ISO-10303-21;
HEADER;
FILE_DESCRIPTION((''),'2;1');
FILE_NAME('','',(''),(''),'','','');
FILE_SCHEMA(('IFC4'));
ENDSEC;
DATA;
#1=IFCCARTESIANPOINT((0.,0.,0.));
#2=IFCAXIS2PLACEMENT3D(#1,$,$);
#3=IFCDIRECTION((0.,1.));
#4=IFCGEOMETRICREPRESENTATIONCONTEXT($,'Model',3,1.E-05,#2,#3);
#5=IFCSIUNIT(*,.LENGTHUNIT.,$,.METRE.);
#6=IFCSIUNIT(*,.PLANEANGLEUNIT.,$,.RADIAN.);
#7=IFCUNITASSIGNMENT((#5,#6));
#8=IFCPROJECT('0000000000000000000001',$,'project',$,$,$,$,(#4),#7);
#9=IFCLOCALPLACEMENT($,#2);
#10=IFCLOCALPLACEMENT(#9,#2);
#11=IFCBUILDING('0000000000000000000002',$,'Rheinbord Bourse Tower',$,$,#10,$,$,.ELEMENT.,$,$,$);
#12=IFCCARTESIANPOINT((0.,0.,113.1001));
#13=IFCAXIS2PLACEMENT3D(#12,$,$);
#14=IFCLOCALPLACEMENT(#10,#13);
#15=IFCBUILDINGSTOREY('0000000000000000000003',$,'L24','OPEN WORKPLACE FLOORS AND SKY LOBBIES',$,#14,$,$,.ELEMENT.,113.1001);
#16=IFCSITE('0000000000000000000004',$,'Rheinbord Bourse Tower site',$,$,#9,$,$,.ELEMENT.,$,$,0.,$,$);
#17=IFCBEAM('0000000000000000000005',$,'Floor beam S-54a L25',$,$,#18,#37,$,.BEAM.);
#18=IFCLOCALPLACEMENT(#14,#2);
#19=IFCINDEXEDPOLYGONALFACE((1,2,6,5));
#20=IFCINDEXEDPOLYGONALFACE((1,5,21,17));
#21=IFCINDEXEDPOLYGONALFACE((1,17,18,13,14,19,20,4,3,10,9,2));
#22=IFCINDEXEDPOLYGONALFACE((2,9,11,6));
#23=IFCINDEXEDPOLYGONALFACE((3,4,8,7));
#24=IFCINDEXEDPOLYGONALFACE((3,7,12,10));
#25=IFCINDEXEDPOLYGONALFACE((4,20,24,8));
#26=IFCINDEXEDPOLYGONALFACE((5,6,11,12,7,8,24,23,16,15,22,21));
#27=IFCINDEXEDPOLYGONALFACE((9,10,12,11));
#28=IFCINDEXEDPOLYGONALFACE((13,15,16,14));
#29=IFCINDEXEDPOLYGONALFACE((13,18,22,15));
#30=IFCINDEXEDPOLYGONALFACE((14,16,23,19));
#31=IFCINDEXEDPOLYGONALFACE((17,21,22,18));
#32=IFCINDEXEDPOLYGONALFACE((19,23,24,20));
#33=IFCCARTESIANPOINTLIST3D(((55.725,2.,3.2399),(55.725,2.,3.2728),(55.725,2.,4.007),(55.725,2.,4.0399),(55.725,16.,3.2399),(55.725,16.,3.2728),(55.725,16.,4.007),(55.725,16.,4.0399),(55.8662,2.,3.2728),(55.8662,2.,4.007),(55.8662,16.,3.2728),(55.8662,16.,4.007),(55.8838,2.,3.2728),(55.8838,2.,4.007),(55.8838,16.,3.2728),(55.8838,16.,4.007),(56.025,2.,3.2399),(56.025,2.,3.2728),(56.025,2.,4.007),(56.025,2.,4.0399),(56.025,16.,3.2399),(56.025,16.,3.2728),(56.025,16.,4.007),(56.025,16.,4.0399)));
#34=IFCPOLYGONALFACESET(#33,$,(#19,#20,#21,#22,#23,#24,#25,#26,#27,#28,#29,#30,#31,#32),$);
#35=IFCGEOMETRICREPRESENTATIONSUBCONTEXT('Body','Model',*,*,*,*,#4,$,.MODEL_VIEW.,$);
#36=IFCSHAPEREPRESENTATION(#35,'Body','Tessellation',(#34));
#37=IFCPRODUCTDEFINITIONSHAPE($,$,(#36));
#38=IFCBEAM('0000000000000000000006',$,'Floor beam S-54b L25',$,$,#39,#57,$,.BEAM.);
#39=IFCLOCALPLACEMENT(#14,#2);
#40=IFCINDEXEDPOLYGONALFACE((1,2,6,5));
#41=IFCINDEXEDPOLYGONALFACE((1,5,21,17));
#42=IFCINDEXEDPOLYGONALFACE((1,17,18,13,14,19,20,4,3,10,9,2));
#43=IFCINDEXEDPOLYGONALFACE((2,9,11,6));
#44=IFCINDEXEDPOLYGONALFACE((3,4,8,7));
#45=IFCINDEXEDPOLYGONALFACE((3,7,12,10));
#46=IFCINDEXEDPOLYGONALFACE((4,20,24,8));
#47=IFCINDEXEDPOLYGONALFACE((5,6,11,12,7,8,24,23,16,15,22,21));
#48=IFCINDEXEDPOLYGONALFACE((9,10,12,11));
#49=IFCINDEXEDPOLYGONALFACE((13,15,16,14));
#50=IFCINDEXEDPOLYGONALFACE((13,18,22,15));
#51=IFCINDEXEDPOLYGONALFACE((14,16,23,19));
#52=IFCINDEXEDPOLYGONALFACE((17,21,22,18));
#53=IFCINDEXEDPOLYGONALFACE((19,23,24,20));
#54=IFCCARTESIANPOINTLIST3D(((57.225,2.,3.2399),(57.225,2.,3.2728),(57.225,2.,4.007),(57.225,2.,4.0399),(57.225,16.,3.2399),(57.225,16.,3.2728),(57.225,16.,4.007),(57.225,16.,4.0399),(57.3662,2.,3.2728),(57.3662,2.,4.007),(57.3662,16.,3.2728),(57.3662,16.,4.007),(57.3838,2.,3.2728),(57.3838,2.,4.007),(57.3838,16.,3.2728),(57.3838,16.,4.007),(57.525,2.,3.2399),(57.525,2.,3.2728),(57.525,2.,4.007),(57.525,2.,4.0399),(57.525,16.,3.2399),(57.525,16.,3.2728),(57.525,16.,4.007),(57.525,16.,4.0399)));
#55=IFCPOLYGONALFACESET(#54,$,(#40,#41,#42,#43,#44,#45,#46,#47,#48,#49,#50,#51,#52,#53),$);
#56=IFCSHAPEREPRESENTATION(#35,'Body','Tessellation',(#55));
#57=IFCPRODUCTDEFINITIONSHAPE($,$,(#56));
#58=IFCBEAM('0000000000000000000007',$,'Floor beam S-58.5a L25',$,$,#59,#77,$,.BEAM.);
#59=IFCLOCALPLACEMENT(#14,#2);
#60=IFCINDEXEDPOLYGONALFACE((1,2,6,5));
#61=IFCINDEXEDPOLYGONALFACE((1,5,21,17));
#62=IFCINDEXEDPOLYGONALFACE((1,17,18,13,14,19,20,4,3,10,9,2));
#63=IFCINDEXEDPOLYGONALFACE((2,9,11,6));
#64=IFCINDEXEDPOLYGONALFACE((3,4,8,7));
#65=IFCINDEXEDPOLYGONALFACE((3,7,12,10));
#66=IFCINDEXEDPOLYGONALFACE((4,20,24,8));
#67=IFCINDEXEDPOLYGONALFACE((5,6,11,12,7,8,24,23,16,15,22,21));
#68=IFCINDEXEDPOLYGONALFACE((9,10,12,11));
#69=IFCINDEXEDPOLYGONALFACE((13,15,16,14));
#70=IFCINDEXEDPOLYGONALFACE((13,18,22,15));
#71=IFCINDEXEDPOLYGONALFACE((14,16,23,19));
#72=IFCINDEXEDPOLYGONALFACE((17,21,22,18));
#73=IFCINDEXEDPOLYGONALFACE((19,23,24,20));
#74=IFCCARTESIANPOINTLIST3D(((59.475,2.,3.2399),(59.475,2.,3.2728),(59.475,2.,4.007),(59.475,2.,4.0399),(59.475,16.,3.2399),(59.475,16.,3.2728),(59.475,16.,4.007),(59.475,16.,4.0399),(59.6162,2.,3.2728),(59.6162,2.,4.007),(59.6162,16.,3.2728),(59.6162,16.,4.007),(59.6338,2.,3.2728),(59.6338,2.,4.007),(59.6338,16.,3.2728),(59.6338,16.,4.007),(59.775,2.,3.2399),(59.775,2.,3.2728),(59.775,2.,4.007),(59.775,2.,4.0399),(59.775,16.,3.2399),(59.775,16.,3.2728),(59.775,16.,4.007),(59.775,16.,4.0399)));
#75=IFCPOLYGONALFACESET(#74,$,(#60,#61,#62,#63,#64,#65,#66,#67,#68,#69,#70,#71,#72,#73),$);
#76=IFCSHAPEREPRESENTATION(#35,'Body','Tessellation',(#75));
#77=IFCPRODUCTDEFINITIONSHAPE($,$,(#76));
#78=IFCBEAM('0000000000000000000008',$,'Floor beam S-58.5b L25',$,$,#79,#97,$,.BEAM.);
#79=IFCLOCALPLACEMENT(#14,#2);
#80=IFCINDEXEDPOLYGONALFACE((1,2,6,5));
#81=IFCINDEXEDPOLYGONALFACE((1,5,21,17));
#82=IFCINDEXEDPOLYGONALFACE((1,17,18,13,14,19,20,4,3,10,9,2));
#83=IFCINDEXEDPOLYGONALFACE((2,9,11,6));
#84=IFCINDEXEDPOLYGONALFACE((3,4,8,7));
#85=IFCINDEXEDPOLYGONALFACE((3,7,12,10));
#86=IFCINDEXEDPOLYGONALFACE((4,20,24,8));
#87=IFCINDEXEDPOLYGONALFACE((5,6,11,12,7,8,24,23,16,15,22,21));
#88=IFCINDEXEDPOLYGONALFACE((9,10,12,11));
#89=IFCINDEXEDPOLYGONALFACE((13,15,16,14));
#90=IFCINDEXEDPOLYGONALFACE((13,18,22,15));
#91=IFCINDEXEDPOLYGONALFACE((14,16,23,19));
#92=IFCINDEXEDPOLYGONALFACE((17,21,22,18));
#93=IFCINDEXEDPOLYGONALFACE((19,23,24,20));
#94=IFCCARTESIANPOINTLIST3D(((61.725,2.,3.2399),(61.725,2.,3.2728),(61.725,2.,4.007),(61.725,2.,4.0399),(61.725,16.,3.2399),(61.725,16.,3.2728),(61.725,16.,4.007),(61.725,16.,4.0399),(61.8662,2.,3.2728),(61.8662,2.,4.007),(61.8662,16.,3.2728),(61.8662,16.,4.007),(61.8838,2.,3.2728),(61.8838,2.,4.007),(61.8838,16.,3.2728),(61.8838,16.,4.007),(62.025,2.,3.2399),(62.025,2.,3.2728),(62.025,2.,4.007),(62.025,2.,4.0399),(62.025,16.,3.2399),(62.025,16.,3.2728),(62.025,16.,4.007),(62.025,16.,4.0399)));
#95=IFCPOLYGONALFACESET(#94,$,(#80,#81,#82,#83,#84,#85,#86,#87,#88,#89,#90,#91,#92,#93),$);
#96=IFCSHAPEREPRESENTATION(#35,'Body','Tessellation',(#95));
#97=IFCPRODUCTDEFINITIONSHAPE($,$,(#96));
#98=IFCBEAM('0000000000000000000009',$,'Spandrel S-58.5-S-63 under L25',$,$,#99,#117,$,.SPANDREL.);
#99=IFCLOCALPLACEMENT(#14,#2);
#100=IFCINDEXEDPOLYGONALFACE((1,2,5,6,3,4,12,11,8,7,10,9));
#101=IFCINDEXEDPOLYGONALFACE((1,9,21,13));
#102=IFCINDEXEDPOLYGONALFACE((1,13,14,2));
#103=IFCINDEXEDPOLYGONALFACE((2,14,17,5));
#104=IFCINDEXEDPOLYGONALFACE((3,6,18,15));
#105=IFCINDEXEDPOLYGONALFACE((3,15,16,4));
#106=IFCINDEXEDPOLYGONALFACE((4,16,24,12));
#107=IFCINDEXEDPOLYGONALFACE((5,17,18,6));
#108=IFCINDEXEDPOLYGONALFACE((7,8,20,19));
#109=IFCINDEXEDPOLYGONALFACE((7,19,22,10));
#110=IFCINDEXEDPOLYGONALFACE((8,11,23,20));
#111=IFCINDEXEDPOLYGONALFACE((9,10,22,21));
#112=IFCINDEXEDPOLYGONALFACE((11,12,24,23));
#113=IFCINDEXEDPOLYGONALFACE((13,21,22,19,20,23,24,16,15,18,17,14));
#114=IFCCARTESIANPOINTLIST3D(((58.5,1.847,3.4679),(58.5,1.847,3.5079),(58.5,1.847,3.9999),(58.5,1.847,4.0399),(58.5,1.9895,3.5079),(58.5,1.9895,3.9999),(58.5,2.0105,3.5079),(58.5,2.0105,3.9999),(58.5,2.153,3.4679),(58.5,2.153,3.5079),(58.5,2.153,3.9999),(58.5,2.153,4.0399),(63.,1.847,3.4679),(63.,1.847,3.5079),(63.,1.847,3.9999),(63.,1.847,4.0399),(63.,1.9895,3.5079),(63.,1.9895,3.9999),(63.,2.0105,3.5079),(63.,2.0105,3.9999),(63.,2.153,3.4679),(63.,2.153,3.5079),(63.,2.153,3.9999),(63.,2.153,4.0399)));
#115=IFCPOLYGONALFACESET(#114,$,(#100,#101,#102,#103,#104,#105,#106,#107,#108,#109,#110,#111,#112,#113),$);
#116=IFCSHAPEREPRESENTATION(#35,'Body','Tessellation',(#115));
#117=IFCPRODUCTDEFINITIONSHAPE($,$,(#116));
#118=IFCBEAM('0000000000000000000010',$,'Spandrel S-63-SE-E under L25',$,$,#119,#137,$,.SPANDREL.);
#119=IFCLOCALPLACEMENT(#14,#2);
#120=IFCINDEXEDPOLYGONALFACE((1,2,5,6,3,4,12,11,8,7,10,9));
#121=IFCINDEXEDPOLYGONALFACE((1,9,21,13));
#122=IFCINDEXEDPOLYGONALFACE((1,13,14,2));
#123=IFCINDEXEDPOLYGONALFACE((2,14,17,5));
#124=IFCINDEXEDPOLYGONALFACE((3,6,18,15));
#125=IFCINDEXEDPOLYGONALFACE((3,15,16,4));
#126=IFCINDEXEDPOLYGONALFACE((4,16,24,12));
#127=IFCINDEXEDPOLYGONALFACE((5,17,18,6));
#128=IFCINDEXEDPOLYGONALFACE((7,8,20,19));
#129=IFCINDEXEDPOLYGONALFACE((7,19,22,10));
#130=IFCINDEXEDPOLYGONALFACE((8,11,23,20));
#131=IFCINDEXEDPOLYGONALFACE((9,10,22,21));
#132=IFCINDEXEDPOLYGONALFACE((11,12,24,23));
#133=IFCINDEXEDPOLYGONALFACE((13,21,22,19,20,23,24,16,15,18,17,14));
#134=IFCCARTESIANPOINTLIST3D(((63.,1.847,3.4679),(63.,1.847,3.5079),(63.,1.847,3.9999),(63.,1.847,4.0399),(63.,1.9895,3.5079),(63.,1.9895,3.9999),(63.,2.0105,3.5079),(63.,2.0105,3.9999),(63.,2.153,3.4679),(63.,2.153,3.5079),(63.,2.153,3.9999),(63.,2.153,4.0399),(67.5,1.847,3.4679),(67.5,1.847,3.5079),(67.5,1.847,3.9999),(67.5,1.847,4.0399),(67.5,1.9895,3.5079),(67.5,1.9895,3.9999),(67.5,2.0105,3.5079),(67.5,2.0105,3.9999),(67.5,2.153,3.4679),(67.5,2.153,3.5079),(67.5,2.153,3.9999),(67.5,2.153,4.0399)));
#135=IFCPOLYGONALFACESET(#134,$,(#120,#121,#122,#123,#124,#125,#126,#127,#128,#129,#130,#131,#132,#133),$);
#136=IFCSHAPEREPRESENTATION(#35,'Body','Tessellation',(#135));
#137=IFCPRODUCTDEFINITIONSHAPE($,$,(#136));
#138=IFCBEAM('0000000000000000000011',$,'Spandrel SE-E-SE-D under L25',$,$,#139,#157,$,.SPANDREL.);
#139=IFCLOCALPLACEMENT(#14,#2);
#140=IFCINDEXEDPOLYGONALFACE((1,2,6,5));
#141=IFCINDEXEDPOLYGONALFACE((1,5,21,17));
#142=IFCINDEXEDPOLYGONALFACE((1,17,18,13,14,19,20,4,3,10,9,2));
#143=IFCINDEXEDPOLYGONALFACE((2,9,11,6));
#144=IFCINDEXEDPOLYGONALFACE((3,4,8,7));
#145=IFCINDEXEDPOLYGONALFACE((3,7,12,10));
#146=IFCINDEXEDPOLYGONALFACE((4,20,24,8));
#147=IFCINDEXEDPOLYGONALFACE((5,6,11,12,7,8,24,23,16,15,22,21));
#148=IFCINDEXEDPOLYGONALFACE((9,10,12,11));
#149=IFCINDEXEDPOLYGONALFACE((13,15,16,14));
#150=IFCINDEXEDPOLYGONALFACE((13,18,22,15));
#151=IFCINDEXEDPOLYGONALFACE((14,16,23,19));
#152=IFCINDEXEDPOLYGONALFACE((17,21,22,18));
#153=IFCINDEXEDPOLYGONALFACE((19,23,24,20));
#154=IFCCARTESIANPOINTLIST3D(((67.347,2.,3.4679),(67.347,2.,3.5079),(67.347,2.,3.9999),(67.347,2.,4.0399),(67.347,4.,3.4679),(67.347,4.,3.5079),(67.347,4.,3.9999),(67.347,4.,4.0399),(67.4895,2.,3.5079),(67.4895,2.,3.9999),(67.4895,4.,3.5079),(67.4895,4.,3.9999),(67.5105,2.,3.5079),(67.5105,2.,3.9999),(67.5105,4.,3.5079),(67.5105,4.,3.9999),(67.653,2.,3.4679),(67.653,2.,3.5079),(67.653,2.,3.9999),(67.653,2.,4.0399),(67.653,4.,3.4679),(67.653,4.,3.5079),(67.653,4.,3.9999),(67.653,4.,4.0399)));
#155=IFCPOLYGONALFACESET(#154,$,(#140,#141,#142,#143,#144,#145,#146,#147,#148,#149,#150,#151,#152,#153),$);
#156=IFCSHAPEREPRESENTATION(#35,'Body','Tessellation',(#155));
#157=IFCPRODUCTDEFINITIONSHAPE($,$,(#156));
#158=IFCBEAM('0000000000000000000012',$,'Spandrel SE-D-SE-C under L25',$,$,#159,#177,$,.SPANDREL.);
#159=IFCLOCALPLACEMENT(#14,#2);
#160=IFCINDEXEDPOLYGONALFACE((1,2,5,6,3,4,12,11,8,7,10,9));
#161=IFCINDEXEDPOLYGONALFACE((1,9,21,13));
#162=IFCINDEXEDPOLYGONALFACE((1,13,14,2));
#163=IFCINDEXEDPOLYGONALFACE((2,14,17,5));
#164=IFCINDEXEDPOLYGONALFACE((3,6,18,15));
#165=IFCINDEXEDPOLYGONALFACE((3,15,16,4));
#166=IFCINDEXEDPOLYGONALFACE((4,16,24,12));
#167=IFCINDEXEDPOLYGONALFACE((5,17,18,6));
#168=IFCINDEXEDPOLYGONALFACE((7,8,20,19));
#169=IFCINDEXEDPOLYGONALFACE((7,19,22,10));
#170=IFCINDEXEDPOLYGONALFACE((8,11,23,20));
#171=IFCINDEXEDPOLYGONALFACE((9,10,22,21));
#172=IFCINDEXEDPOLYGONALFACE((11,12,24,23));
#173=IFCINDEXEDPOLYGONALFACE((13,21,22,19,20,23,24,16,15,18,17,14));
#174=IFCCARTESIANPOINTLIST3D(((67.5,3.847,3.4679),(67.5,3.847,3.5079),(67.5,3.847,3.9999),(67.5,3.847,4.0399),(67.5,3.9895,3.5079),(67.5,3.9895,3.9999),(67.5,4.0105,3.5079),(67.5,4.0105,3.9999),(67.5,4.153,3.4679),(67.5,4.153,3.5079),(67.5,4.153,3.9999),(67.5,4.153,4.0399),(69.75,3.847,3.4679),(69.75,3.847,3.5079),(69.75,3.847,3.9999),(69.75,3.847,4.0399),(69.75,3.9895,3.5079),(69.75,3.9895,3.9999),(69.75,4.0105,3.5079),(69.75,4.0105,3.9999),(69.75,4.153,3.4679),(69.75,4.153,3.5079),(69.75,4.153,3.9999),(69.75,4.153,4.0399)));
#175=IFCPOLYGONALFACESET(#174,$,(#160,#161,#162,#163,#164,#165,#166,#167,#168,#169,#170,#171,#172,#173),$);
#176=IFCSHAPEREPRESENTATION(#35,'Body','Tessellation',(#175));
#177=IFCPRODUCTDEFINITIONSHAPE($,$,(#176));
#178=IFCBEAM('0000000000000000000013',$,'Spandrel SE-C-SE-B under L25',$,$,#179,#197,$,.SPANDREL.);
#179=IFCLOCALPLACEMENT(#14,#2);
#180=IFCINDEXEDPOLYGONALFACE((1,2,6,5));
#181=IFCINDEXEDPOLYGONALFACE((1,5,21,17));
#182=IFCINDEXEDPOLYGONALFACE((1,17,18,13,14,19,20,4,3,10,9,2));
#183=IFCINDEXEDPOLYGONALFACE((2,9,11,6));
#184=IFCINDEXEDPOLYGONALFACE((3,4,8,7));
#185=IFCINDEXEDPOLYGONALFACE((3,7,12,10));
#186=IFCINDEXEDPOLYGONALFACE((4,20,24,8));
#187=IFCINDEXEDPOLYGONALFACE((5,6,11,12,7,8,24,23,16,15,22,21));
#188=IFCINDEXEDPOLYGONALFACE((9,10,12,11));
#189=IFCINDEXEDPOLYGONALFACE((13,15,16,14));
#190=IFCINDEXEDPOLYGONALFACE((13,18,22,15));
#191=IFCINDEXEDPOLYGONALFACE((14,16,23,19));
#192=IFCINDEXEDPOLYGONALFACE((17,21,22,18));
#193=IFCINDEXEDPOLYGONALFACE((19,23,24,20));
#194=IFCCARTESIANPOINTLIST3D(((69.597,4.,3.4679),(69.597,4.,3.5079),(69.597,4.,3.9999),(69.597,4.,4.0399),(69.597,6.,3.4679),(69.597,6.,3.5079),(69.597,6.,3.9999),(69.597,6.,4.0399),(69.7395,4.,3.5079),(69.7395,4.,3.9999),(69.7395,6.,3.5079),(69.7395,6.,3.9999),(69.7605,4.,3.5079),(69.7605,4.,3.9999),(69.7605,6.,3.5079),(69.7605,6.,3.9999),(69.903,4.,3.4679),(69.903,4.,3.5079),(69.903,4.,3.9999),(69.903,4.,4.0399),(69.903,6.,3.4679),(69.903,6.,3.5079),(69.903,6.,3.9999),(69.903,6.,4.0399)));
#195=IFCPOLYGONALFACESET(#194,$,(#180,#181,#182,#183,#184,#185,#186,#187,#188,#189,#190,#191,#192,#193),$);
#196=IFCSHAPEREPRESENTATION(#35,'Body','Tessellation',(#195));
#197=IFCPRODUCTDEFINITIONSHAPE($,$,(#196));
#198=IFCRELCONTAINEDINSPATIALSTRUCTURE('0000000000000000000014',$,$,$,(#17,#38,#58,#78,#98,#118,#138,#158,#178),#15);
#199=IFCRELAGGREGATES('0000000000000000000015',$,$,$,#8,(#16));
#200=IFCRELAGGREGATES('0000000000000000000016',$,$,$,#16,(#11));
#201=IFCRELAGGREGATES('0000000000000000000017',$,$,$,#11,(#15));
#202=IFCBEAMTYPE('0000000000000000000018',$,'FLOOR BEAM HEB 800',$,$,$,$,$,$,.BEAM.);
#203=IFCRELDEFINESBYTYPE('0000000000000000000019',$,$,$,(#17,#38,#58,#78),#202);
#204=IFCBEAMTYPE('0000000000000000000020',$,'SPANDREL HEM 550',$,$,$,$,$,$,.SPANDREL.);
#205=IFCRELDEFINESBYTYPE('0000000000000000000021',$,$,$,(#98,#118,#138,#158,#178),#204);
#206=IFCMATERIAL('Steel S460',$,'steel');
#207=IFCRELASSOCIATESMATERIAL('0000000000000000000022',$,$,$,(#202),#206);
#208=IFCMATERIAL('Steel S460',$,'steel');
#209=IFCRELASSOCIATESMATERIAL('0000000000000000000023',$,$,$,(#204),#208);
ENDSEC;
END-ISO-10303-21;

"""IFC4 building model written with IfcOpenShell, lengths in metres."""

from ifc_helpers import new_model, si_unit, direction, frame, origin, origin_2d, place, context, subcontext, project, spatial, i_section, extrude, material, material_profile, profile_set, type_object, element, save


model = new_model("IFC4")

# Units and contexts
model_context = context("Model", 3, precision=1e-05, world=origin(), true_north=direction((0.0, 1.0)))
body_context = subcontext(model_context, "Body", "Model", "MODEL_VIEW")
ifc_project = project(units=[si_unit("LENGTHUNIT", "METRE"), si_unit("PLANEANGLEUNIT", "RADIAN")], contexts=[model_context])

# Site, building, storey
site_placement = place(None, origin())
site = spatial("IfcSite", under=ifc_project, at=site_placement, Name="Rheinbord Bourse Tower site", CompositionType="ELEMENT", RefElevation=0.0)
building_placement = place(site_placement, origin())
building = spatial("IfcBuilding", under=site, at=building_placement, Name="Rheinbord Bourse Tower", CompositionType="ELEMENT")
storey_placement = place(building_placement, frame((0.0, 0.0, 113.1001)))
storey = spatial("IfcBuildingStorey", under=building, at=storey_placement, Name="L24", Description="OPEN WORKPLACE FLOORS AND SKY LOBBIES", CompositionType="ELEMENT", Elevation=113.1001)

# Beams
ifc_material_1 = material(Name="Steel S460", Category="steel")
ifc_material_profile_1 = material_profile(ifc_material_1, i_section(OverallWidth=0.3, OverallDepth=0.8, WebThickness=0.0176, FlangeThickness=0.033, at=origin_2d()), Name="HEB 800")
ifc_profile_set_1 = profile_set([ifc_material_profile_1], Name="Steel S460")
beam_type_1 = type_object("IfcBeamType", Name="FLOOR BEAM HEB 800", PredefinedType="BEAM", material=ifc_profile_set_1)
for number, where, z_axis, x_axis, name in (
    (1, (55.875, 2.0, 3.6399), (0.0, 1.0, 0.0), (-1.0, 0.0, 0.0), "Floor beam S-54a L25"),
    (2, (57.375, 2.0, 3.6399), (0.0, 1.0, 0.0), (-1.0, 0.0, 0.0), "Floor beam S-54b L25"),
    (3, (59.625, 2.0, 3.6399), (0.0, 1.0, 0.0), (-1.0, 0.0, 0.0), "Floor beam S-58.5a L25"),
    (4, (61.875, 2.0, 3.6399), (0.0, 1.0, 0.0), (-1.0, 0.0, 0.0), "Floor beam S-58.5b L25"),
):
    element("IfcBeam", number, at=place(storey_placement, frame(where, z_axis=z_axis, x_axis=x_axis)), inside=storey, type_object=beam_type_1, Name=name, PredefinedType="BEAM", context=body_context, shape_type="SweptSolid", body=[
        extrude(i_section(OverallWidth=0.3, OverallDepth=0.8, WebThickness=0.0176, FlangeThickness=0.033, at=origin_2d()), origin(), (0.0, 0.0, 1.0), 14.0),
    ])
ifc_material_2 = material(Name="Steel S460", Category="steel")
ifc_material_profile_2 = material_profile(ifc_material_2, i_section(OverallWidth=0.3059, OverallDepth=0.572, WebThickness=0.021, FlangeThickness=0.04, at=origin_2d()), Name="HEM 550")
ifc_profile_set_2 = profile_set([ifc_material_profile_2], Name="Steel S460")
beam_type_2 = type_object("IfcBeamType", Name="SPANDREL HEM 550", PredefinedType="SPANDREL", material=ifc_profile_set_2)
for number, where, z_axis, x_axis, name in (
    (5, (58.5, 2.0, 3.7539), (1.0, 0.0, 0.0), (0.0, 1.0, 0.0), "Spandrel S-58.5-S-63 under L25"),
    (6, (63.0, 2.0, 3.7539), (1.0, 0.0, 0.0), (0.0, 1.0, 0.0), "Spandrel S-63-SE-E under L25"),
):
    element("IfcBeam", number, at=place(storey_placement, frame(where, z_axis=z_axis, x_axis=x_axis)), inside=storey, type_object=beam_type_2, Name=name, PredefinedType="SPANDREL", context=body_context, shape_type="SweptSolid", body=[
        extrude(i_section(OverallWidth=0.3059, OverallDepth=0.572, WebThickness=0.021, FlangeThickness=0.04, at=origin_2d()), origin(), (0.0, 0.0, 1.0), 4.5),
    ])
beam_1_placement = place(storey_placement, frame((67.5, 2.0, 3.7539), z_axis=(0.0, 1.0, 0.0), x_axis=(-1.0, 0.0, 0.0)))
element("IfcBeam", 7, at=beam_1_placement, inside=storey, type_object=beam_type_2, Name="Spandrel SE-E-SE-D under L25", PredefinedType="SPANDREL", context=body_context, shape_type="SweptSolid", body=[
    extrude(i_section(OverallWidth=0.3059, OverallDepth=0.572, WebThickness=0.021, FlangeThickness=0.04, at=origin_2d()), origin(), (0.0, 0.0, 1.0), 2.0),
])
beam_2_placement = place(storey_placement, frame((67.5, 4.0, 3.7539), z_axis=(1.0, 0.0, 0.0), x_axis=(0.0, 1.0, 0.0)))
element("IfcBeam", 8, at=beam_2_placement, inside=storey, type_object=beam_type_2, Name="Spandrel SE-D-SE-C under L25", PredefinedType="SPANDREL", context=body_context, shape_type="SweptSolid", body=[
    extrude(i_section(OverallWidth=0.3059, OverallDepth=0.572, WebThickness=0.021, FlangeThickness=0.04, at=origin_2d()), origin(), (0.0, 0.0, 1.0), 2.25),
])
beam_3_placement = place(storey_placement, frame((69.75, 4.0, 3.7539), z_axis=(0.0, 1.0, 0.0), x_axis=(-1.0, 0.0, 0.0)))
element("IfcBeam", 9, at=beam_3_placement, inside=storey, type_object=beam_type_2, Name="Spandrel SE-C-SE-B under L25", PredefinedType="SPANDREL", context=body_context, shape_type="SweptSolid", body=[
    extrude(i_section(OverallWidth=0.3059, OverallDepth=0.572, WebThickness=0.021, FlangeThickness=0.04, at=origin_2d()), origin(), (0.0, 0.0, 1.0), 2.0),
])

save(model, "model.ifc")
